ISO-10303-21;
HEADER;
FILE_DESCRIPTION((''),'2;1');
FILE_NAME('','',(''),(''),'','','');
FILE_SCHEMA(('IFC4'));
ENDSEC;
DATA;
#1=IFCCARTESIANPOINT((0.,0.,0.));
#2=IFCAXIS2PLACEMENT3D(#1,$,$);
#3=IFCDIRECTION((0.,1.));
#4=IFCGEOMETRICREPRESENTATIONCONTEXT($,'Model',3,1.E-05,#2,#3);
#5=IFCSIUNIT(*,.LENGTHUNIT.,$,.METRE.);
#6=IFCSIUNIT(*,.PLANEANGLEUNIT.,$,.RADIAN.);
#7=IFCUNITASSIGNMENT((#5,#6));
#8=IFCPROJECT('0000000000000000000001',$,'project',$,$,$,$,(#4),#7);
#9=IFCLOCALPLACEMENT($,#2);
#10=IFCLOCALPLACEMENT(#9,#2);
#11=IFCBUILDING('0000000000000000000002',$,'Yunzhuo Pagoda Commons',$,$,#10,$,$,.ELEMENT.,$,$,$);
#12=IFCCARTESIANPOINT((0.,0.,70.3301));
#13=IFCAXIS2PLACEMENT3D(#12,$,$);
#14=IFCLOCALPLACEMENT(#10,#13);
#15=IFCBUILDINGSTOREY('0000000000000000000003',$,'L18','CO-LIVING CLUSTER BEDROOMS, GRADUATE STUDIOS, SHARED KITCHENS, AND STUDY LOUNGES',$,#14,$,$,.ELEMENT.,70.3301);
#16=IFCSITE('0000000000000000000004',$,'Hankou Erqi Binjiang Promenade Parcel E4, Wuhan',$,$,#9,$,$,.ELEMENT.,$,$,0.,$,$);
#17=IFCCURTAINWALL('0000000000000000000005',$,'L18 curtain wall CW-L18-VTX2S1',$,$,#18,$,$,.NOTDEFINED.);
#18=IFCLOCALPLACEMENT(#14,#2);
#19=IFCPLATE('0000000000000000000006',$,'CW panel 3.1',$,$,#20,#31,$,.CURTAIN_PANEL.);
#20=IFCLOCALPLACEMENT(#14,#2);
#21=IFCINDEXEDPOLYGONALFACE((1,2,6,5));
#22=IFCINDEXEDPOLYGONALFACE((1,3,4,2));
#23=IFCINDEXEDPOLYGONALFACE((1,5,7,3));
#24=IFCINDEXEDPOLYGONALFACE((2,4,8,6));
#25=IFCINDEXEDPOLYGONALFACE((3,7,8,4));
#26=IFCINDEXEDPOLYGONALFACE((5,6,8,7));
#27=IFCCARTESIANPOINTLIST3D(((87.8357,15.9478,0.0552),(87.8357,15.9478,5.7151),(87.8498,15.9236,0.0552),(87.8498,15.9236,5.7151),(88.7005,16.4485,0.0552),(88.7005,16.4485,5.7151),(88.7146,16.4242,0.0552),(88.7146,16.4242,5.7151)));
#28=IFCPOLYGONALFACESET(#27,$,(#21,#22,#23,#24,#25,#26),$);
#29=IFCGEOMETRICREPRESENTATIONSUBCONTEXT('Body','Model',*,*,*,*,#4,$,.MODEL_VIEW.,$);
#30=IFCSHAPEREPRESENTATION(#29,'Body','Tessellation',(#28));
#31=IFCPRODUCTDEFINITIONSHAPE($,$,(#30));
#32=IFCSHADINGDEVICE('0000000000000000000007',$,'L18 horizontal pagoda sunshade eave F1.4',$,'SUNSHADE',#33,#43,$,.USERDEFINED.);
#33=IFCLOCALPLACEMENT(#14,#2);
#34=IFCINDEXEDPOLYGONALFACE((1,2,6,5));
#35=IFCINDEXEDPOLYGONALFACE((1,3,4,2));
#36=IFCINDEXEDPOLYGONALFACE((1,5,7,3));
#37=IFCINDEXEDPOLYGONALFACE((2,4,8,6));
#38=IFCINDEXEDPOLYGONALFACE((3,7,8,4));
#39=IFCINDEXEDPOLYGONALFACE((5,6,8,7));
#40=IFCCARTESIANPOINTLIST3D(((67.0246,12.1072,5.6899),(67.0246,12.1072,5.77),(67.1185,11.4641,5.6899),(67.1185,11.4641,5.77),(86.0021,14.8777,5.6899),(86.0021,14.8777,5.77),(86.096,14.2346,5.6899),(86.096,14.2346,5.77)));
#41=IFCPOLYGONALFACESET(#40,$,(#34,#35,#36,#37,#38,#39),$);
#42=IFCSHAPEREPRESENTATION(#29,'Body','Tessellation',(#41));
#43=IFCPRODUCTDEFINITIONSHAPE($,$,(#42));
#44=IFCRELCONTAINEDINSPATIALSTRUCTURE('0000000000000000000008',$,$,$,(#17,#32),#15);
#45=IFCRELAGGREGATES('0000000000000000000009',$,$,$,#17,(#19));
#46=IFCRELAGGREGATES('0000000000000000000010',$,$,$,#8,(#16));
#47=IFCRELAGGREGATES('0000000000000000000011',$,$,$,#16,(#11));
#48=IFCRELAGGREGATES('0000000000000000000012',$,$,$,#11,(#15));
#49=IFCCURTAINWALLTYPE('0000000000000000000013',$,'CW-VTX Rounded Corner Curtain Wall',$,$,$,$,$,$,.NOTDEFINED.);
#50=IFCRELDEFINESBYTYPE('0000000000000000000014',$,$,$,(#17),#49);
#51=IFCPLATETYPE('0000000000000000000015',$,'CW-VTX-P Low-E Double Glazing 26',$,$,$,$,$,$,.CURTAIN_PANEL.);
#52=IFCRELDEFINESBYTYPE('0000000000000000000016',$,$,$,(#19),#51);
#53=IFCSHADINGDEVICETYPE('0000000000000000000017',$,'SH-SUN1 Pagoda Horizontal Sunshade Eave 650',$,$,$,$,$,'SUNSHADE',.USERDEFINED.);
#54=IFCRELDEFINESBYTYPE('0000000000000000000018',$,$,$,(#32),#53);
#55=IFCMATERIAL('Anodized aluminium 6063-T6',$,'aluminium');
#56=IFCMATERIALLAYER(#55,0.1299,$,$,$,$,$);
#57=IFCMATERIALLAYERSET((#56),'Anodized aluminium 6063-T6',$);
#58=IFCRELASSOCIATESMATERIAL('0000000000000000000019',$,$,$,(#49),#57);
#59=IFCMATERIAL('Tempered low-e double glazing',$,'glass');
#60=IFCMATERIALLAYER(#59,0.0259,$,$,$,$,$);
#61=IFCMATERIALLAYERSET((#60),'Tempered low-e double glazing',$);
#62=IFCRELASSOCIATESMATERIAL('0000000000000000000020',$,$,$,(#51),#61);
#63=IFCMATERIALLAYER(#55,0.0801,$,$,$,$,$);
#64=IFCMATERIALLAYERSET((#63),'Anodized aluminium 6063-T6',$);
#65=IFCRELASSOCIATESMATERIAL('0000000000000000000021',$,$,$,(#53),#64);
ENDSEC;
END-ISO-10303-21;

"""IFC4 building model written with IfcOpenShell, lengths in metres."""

from ifc_helpers import new_model, si_unit, direction, frame, origin, origin_2d, place, context, subcontext, project, spatial, rectangle, extrude, source, transform, mapped, material, layer, layer_set, type_object, element, aggregate, save


model = new_model("IFC4")

# Units and contexts
model_context = context("Model", 3, precision=1e-05, world=origin(), true_north=direction((0.0, 1.0)))
body_context = subcontext(model_context, "Body", "Model", "MODEL_VIEW")
ifc_project = project(units=[si_unit("LENGTHUNIT", "METRE"), si_unit("PLANEANGLEUNIT", "RADIAN")], contexts=[model_context])

# Site, building, storey
site_placement = place(None, origin())
site = spatial("IfcSite", under=ifc_project, at=site_placement, Name="Hankou Erqi Binjiang Promenade Parcel E4, Wuhan", CompositionType="ELEMENT", RefElevation=0.0)
building_placement = place(site_placement, origin())
building = spatial("IfcBuilding", under=site, at=building_placement, Name="Yunzhuo Pagoda Commons", CompositionType="ELEMENT")
storey_placement = place(building_placement, frame((0.0, 0.0, 70.3301)))
storey = spatial("IfcBuildingStorey", under=building, at=storey_placement, Name="L18", Description="CO-LIVING CLUSTER BEDROOMS, GRADUATE STUDIOS, SHARED KITCHENS, AND STUDY LOUNGES", CompositionType="ELEMENT", Elevation=70.3301)

# Curtain wall
ifc_material_1 = material(Name="Anodized aluminium 6063-T6", Category="aluminium")
ifc_layer_1 = layer(ifc_material_1, 0.1299)
ifc_layer_set_1 = layer_set([ifc_layer_1], Name="Anodized aluminium 6063-T6")
curtain_wall_type_1 = type_object("IfcCurtainWallType", Name="CW-VTX Rounded Corner Curtain Wall", PredefinedType="NOTDEFINED", material=ifc_layer_set_1)
curtain_wall_1_placement = place(storey_placement, origin())
curtain_wall_1 = element("IfcCurtainWall", 1, at=curtain_wall_1_placement, inside=storey, type_object=curtain_wall_type_1, Name="L18 curtain wall CW-L18-VTX2S1", PredefinedType="NOTDEFINED")

# Plate
ifc_material_2 = material(Name="Tempered low-e double glazing", Category="glass")
ifc_layer_2 = layer(ifc_material_2, 0.0259)
ifc_layer_set_2 = layer_set([ifc_layer_2], Name="Tempered low-e double glazing")
plate_type_1 = type_object("IfcPlateType", Name="CW-VTX-P Low-E Double Glazing 26", PredefinedType="CURTAIN_PANEL", material=ifc_layer_set_2)
shared_shape_1 = source(origin(), body_context, "Body", "SweptSolid", [
    extrude(rectangle(XDim=0.9993, YDim=0.0281, at=origin_2d()), origin(), (0.0, 0.0, 1.0), 5.6599),
])
plate_1_placement = place(storey_placement, frame((88.2751, 16.186, 0.0552), z_axis=(0.0, 0.0, 1.0), x_axis=(0.865425, 0.501039, 0.0)))
plate_1 = element("IfcPlate", 2, at=plate_1_placement, type_object=plate_type_1, Name="CW panel 3.1", PredefinedType="CURTAIN_PANEL", context=body_context, shape_type="MappedRepresentation", body=[
    mapped(shared_shape_1, transform((0.0, 0.0, 0.0), scale=1.0)),
])
aggregate(curtain_wall_1, [plate_1])

# Shading device
ifc_layer_3 = layer(ifc_material_1, 0.0801)
ifc_layer_set_3 = layer_set([ifc_layer_3], Name="Anodized aluminium 6063-T6")
shading_device_type = type_object("IfcShadingDeviceType", Name="SH-SUN1 Pagoda Horizontal Sunshade Eave 650", ElementType="SUNSHADE", PredefinedType="USERDEFINED", material=ifc_layer_set_3)
shared_shape_2 = source(origin(), body_context, "Body", "SweptSolid", [
    extrude(rectangle(XDim=19.1787, YDim=0.6499, at=origin_2d()), origin(), (0.0, 0.0, 1.0), 0.0801),
])
shading_device_placement = place(storey_placement, frame((76.5603, 13.1709, 5.6899), z_axis=(0.0, 0.0, 1.0), x_axis=(0.989511, 0.14446, 0.0)))
element("IfcShadingDevice", 3, at=shading_device_placement, inside=storey, type_object=shading_device_type, Name="L18 horizontal pagoda sunshade eave F1.4", ObjectType="SUNSHADE", PredefinedType="USERDEFINED", context=body_context, shape_type="MappedRepresentation", body=[
    mapped(shared_shape_2, transform((0.0, 0.0, 0.0), scale=1.0)),
])

save(model, "model.ifc")
